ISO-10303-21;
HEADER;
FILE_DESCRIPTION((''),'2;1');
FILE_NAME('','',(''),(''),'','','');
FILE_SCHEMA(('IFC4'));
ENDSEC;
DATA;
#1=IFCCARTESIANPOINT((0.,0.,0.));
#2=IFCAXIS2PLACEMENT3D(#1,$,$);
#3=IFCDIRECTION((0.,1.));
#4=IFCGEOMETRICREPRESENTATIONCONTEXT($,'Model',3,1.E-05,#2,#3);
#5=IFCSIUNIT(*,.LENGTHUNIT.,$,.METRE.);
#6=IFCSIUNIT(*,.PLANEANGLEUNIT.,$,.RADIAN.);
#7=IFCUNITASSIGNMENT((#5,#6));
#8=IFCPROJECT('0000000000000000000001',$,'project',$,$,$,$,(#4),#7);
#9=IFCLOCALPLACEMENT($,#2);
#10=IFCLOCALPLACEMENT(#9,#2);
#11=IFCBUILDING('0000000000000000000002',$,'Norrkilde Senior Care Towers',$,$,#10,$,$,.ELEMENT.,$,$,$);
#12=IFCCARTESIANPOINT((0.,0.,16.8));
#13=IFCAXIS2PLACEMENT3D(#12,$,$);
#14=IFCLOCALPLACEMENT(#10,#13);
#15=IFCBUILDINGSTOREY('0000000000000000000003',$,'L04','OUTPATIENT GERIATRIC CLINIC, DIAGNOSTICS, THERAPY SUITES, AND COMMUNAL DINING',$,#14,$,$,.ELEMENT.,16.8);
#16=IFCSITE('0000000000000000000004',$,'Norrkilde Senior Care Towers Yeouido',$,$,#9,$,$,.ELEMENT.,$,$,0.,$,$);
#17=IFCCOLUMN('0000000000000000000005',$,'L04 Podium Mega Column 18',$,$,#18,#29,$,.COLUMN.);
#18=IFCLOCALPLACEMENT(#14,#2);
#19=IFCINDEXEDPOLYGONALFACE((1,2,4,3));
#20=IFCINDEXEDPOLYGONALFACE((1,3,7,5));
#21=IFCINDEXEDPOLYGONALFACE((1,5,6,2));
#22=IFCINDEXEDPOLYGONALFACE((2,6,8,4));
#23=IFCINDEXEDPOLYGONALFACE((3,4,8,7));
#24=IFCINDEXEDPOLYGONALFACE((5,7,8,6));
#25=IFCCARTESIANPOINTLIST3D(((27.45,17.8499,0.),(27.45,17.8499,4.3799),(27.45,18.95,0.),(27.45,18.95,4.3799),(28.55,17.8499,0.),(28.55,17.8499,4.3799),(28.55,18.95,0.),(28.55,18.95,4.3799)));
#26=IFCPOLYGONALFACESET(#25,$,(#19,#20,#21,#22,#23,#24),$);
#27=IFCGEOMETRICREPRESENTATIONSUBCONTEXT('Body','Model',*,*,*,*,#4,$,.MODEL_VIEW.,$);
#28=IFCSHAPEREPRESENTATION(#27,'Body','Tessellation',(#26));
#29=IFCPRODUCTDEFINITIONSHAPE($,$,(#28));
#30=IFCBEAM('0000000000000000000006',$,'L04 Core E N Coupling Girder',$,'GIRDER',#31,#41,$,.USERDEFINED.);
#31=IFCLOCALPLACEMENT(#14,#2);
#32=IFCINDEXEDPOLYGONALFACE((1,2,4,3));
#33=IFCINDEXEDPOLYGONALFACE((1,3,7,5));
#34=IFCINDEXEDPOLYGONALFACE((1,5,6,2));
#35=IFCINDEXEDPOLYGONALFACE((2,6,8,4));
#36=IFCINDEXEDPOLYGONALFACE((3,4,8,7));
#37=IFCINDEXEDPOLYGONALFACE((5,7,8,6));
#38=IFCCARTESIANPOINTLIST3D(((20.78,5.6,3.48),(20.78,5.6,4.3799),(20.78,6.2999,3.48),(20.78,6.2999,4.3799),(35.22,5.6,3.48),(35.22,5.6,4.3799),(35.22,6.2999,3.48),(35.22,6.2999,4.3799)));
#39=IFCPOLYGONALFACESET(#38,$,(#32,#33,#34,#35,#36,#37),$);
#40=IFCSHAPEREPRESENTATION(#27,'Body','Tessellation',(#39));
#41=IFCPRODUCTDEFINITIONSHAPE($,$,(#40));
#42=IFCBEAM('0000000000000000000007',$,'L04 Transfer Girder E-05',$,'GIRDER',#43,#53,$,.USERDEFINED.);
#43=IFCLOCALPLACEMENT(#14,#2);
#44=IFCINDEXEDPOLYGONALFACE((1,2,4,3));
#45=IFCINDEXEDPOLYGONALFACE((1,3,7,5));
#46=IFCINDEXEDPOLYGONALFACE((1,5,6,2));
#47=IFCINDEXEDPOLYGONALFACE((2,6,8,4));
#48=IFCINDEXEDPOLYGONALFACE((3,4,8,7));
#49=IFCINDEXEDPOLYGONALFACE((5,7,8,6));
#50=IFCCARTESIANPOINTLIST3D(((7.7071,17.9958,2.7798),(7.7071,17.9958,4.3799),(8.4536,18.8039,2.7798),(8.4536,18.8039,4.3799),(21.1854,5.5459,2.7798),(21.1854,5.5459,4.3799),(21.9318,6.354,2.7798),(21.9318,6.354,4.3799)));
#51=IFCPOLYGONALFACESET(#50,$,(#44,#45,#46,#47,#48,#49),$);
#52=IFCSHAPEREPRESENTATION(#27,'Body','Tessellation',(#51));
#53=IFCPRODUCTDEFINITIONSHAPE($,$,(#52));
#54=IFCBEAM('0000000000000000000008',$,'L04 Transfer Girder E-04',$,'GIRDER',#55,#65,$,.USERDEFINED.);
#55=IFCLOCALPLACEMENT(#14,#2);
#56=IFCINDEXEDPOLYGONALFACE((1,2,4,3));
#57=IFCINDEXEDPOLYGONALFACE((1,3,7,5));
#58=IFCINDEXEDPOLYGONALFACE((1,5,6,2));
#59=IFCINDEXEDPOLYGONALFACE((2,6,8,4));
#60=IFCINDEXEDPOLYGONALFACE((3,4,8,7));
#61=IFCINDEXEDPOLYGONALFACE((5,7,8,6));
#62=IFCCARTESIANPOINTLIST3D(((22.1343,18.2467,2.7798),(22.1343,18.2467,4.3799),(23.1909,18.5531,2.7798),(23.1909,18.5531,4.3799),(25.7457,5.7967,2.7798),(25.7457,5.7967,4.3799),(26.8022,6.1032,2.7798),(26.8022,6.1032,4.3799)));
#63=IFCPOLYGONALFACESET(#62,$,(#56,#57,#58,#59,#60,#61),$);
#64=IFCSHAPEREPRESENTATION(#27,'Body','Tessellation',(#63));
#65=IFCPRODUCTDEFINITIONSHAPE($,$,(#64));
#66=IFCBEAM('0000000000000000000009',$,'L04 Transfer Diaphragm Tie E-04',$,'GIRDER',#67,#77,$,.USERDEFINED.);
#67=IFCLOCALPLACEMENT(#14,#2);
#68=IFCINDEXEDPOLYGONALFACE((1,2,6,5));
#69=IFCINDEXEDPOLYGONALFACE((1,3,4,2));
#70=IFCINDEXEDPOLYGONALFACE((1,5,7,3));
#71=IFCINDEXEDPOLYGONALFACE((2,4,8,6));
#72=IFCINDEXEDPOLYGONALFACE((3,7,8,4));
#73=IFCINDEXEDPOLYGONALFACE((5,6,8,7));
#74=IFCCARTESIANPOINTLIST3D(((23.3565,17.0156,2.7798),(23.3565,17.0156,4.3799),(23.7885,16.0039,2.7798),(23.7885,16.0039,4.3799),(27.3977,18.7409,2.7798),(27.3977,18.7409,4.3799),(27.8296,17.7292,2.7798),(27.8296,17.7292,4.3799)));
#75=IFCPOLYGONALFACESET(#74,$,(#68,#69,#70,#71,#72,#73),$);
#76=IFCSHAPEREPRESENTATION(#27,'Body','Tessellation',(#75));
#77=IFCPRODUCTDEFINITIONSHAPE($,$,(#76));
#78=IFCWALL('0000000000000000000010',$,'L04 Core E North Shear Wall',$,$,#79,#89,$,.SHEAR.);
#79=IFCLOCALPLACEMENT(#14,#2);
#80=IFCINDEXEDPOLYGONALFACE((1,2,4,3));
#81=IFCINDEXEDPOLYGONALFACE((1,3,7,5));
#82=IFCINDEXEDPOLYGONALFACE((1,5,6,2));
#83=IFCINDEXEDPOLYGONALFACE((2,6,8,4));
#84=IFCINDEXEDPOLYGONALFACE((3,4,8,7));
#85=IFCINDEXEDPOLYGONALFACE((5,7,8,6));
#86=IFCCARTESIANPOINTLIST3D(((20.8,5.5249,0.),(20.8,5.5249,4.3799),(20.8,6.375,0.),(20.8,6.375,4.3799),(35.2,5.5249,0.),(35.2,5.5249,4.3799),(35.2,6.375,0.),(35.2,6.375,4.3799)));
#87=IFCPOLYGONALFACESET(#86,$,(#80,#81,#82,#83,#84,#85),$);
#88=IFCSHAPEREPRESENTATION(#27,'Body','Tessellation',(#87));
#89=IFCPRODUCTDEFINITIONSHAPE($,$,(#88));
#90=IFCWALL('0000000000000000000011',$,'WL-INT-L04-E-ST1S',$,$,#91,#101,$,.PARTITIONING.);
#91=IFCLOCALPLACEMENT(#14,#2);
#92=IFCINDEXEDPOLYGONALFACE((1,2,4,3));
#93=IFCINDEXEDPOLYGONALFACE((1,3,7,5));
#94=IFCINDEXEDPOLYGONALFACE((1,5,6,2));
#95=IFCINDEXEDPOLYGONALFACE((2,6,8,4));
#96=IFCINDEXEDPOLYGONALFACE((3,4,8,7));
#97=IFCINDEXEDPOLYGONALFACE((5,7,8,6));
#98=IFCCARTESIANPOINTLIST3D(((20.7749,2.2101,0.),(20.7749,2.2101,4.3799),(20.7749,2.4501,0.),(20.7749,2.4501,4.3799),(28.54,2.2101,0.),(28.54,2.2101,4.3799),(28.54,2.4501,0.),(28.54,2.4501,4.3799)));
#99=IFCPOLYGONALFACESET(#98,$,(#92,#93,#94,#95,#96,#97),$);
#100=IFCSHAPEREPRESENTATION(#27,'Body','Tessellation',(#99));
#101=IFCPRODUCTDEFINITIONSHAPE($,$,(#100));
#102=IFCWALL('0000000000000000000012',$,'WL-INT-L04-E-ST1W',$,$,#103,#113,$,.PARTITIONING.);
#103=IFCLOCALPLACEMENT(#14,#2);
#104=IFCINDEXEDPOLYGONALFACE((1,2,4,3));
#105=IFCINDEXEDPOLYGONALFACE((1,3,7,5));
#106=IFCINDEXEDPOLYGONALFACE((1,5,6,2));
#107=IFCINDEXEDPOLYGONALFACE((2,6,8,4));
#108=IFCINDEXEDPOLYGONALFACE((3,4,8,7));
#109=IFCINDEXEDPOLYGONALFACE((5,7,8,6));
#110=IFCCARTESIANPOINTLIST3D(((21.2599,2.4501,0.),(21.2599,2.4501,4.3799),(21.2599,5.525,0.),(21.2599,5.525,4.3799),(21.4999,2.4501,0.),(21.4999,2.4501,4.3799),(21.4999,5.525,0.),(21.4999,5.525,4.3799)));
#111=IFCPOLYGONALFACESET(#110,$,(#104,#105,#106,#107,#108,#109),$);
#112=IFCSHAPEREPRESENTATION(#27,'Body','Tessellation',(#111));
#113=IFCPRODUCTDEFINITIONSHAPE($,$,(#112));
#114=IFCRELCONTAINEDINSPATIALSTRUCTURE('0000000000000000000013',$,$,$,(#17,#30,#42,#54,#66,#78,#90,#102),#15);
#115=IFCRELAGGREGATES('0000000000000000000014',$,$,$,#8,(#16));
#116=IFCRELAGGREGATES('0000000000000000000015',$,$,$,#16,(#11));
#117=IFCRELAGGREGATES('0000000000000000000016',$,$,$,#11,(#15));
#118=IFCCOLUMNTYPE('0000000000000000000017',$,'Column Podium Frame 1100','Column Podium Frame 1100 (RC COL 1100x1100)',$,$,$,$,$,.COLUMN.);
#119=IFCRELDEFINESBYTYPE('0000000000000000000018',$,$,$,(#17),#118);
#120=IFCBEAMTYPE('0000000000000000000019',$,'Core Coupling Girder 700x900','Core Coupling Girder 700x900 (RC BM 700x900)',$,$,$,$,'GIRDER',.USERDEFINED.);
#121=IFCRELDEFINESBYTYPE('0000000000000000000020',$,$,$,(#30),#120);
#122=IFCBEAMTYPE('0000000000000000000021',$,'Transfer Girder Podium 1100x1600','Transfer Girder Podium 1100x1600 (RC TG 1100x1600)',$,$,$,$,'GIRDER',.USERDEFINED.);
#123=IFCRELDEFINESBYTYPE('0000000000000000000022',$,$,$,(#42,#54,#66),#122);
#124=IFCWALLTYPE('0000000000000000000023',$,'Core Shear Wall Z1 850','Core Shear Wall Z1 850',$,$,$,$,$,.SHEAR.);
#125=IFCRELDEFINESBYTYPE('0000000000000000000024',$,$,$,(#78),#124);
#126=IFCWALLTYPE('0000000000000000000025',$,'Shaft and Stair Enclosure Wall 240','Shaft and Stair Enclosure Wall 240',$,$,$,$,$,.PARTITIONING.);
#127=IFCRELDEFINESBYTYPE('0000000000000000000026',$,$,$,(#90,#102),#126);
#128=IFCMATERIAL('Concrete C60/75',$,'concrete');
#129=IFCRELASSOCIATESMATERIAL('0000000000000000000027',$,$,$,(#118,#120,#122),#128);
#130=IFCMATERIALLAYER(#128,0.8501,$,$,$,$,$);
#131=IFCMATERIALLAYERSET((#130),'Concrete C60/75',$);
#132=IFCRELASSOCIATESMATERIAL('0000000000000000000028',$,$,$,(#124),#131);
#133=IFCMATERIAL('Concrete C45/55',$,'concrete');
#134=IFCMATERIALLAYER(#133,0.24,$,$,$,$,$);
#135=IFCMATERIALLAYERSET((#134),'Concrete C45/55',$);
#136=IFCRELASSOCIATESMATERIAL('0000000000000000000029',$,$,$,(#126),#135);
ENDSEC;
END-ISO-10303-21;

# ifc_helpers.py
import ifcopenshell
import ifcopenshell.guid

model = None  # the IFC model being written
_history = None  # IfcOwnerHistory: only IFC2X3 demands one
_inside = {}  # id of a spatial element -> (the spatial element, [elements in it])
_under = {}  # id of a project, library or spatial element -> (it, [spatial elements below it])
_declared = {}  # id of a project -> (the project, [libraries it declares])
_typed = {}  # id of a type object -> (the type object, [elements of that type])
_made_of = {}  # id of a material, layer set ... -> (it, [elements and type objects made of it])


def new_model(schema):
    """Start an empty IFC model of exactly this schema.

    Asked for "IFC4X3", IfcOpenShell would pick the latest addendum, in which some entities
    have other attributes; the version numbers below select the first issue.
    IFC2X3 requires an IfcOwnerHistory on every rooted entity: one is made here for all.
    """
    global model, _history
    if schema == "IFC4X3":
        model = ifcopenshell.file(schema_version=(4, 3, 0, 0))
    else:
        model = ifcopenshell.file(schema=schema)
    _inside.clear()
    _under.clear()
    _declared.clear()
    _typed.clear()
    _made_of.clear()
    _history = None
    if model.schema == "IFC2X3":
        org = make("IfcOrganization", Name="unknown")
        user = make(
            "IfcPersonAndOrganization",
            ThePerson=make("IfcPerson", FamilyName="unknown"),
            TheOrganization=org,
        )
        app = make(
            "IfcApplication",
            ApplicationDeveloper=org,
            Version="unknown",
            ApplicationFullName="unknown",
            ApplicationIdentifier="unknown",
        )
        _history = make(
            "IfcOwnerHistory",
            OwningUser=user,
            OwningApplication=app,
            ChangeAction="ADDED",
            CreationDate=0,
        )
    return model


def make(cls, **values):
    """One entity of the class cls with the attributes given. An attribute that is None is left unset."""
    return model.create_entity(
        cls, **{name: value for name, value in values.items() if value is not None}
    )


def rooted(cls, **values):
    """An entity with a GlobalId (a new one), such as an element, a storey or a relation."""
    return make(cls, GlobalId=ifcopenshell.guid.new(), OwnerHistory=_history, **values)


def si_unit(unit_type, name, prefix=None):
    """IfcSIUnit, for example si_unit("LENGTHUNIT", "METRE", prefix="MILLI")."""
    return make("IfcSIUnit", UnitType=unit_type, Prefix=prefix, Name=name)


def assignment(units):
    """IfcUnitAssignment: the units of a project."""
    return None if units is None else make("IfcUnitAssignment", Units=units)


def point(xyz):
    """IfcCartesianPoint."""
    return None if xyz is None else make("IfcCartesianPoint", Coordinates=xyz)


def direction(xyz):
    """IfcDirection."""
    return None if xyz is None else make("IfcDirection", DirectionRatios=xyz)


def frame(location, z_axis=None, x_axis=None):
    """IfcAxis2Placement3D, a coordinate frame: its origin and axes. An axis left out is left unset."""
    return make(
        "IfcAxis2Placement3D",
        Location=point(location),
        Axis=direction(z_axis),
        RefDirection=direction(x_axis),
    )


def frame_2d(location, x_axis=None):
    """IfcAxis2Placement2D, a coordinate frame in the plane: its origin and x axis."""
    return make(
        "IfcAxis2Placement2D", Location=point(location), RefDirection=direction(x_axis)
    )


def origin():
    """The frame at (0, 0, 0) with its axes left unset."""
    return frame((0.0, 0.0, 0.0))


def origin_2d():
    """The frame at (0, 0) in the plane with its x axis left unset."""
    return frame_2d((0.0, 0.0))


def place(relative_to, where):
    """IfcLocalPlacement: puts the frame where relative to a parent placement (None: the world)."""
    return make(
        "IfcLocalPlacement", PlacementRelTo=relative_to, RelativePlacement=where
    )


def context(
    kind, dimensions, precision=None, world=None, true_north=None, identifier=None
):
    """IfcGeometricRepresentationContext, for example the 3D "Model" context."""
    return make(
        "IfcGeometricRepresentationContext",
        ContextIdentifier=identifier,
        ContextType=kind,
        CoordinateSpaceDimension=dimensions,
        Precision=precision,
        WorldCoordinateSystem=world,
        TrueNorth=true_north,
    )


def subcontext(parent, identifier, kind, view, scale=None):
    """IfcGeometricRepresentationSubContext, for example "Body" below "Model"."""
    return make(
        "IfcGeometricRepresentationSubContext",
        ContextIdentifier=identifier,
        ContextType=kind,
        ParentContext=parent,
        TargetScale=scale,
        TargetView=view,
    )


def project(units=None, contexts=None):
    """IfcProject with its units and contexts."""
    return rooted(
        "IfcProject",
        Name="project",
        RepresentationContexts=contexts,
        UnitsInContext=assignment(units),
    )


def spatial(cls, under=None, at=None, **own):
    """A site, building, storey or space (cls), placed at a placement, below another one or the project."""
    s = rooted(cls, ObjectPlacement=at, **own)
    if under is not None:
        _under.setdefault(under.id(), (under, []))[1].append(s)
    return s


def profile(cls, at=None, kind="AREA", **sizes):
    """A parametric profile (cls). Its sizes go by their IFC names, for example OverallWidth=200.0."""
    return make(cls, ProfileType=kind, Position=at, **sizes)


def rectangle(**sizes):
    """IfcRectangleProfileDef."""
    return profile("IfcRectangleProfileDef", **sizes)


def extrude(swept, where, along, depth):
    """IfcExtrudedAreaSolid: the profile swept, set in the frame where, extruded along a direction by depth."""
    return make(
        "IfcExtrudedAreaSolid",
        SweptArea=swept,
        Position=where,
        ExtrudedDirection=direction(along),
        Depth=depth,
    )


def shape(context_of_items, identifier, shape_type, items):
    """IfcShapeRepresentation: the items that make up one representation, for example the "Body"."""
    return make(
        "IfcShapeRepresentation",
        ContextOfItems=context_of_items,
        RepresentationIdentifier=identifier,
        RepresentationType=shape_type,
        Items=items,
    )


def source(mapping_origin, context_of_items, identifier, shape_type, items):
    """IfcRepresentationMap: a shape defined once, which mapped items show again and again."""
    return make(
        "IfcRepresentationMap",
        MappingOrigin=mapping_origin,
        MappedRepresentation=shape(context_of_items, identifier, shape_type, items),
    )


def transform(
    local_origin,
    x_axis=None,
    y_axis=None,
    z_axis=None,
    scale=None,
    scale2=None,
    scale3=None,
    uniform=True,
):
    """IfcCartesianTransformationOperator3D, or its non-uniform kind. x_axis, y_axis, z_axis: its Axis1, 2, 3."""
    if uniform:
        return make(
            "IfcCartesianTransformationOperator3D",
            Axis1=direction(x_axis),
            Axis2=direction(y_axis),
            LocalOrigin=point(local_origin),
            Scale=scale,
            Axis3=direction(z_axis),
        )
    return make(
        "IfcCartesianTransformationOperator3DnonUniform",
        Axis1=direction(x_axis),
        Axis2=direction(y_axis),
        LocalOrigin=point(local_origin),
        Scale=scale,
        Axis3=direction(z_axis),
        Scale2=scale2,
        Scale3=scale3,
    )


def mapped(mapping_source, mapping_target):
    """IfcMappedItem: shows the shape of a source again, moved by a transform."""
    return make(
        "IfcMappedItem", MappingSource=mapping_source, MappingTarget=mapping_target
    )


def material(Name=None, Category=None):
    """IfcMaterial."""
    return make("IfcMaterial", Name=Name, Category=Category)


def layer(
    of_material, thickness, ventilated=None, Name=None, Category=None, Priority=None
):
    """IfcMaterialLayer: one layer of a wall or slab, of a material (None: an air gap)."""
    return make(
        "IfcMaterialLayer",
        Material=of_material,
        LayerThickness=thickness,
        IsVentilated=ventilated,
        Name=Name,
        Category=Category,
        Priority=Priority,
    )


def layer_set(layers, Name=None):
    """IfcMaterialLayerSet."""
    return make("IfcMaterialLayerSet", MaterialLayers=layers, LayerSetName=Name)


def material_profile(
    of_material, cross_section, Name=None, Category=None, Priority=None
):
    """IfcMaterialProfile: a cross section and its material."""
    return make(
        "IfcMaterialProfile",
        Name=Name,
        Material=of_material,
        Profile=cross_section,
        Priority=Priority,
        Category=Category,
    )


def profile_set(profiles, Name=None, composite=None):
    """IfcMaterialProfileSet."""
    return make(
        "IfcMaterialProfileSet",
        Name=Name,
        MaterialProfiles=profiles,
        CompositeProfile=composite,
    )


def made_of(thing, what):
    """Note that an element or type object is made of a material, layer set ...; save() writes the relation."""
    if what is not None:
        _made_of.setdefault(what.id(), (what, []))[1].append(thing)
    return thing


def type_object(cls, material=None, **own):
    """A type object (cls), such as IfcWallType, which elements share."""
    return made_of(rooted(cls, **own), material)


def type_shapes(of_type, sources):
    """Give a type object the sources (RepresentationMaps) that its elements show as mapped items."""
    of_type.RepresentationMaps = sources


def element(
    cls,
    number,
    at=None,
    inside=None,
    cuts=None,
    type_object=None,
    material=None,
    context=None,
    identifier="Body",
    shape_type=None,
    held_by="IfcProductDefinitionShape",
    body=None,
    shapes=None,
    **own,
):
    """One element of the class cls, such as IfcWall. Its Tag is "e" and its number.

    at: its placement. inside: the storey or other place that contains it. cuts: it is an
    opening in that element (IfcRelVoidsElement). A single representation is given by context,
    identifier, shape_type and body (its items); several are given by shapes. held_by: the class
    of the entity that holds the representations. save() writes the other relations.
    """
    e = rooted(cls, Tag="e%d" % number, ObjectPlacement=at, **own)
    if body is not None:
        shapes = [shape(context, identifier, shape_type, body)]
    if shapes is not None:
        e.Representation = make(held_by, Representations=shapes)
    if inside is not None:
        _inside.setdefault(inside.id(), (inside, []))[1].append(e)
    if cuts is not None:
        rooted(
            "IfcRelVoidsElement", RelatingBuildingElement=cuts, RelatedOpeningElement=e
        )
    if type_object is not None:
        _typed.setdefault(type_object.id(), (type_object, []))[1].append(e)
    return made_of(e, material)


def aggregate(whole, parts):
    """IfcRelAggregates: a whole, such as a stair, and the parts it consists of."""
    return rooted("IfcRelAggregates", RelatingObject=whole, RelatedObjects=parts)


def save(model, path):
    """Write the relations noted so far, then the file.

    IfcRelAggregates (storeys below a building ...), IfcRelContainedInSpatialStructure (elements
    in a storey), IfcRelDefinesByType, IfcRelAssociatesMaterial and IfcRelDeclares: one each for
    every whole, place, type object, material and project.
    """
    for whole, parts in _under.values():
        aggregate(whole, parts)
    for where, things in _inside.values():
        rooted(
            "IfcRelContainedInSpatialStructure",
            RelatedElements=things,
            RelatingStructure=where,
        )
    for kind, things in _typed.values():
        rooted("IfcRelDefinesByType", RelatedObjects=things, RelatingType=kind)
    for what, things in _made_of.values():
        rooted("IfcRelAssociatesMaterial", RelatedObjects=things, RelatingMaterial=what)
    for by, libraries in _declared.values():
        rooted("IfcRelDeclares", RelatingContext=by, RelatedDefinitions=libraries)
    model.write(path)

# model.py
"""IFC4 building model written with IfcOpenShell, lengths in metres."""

from ifc_helpers import new_model, si_unit, direction, frame, frame_2d, origin, origin_2d, place, context, subcontext, project, spatial, rectangle, extrude, source, transform, mapped, material, layer, layer_set, material_profile, profile_set, type_object, type_shapes, element, save


model = new_model("IFC4")

# Units and contexts
model_context = context("Model", 3, precision=1e-05, world=origin(), true_north=direction((0.0, 1.0)))
body_context = subcontext(model_context, "Body", "Model", "MODEL_VIEW")
ifc_project = project(units=[si_unit("LENGTHUNIT", "METRE"), si_unit("PLANEANGLEUNIT", "RADIAN")], contexts=[model_context])

# Site, building, storey
site_placement = place(None, origin())
site = spatial("IfcSite", under=ifc_project, at=site_placement, Name="Norrkilde Senior Care Towers Yeouido", CompositionType="ELEMENT", RefElevation=0.0)
building_placement = place(site_placement, origin())
building = spatial("IfcBuilding", under=site, at=building_placement, Name="Norrkilde Senior Care Towers", CompositionType="ELEMENT")
storey_placement = place(building_placement, frame((0.0, 0.0, 16.8)))
storey = spatial("IfcBuildingStorey", under=building, at=storey_placement, Name="L04", Description="OUTPATIENT GERIATRIC CLINIC, DIAGNOSTICS, THERAPY SUITES, AND COMMUNAL DINING", CompositionType="ELEMENT", Elevation=16.8)

# Column
ifc_material_1 = material(Name="Concrete C60/75", Category="concrete")
ifc_material_profile_1 = material_profile(ifc_material_1, rectangle(XDim=1.1001, YDim=1.1001, at=origin_2d()), Name="RC COL 1100x1100")
ifc_profile_set_1 = profile_set([ifc_material_profile_1], Name="Concrete C60/75")
column_type = type_object("IfcColumnType", Name="Column Podium Frame 1100", Description="Column Podium Frame 1100 (RC COL 1100x1100)", PredefinedType="COLUMN", material=ifc_profile_set_1)
shared_shape_1 = source(origin(), body_context, "Body", "SweptSolid", [
    extrude(rectangle(XDim=1.1001, YDim=1.1001, at=origin_2d()), origin(), (0.0, 0.0, 1.0), 4.3799),
])
type_shapes(column_type, [shared_shape_1])
column_placement = place(storey_placement, frame((28.0, 18.3999, 0.0), z_axis=(0.0, 0.0, 1.0), x_axis=(1.0, 0.0, 0.0)))
element("IfcColumn", 1, at=column_placement, inside=storey, type_object=column_type, Name="L04 Podium Mega Column 18", PredefinedType="COLUMN", context=body_context, shape_type="MappedRepresentation", body=[
    mapped(shared_shape_1, transform((0.0, 0.0, 0.0), x_axis=(1.0, 0.0, 0.0), y_axis=(0.0, 1.0, 0.0), z_axis=(0.0, 0.0, 1.0), scale=1.0)),
])

# Beams
ifc_material_profile_2 = material_profile(ifc_material_1, rectangle(XDim=0.7, YDim=0.8999, at=origin_2d()), Name="RC BM 700x900")
ifc_profile_set_2 = profile_set([ifc_material_profile_2], Name="Concrete C60/75")
beam_type_1 = type_object("IfcBeamType", Name="Core Coupling Girder 700x900", Description="Core Coupling Girder 700x900 (RC BM 700x900)", ElementType="GIRDER", PredefinedType="USERDEFINED", material=ifc_profile_set_2)
shared_shape_2 = source(origin(), body_context, "Body", "SweptSolid", [
    extrude(rectangle(XDim=0.7, YDim=0.8999, at=origin_2d()), origin(), (0.0, 0.0, 1.0), 14.4399),
])
type_shapes(beam_type_1, [shared_shape_2])
beam_1_placement = place(storey_placement, frame((20.78, 5.95, 3.9299), z_axis=(1.0, 0.0, 0.0), x_axis=(0.0, 1.0, 0.0)))
element("IfcBeam", 2, at=beam_1_placement, inside=storey, type_object=beam_type_1, Name="L04 Core E N Coupling Girder", ObjectType="GIRDER", PredefinedType="USERDEFINED", context=body_context, shape_type="MappedRepresentation", body=[
    mapped(shared_shape_2, transform((0.0, 0.0, 0.0), x_axis=(1.0, 0.0, 0.0), y_axis=(0.0, 1.0, 0.0), z_axis=(0.0, 0.0, 1.0), scale=1.0)),
])
ifc_material_profile_3 = material_profile(ifc_material_1, rectangle(XDim=1.1001, YDim=1.6001, at=origin_2d()), Name="RC TG 1100x1600")
ifc_profile_set_3 = profile_set([ifc_material_profile_3], Name="Concrete C60/75")
beam_type_2 = type_object("IfcBeamType", Name="Transfer Girder Podium 1100x1600", Description="Transfer Girder Podium 1100x1600 (RC TG 1100x1600)", ElementType="GIRDER", PredefinedType="USERDEFINED", material=ifc_profile_set_3)
shared_shape_3 = source(origin(), body_context, "Body", "SweptSolid", [
    extrude(rectangle(XDim=1.1001, YDim=1.6001, at=origin_2d()), origin(), (0.0, 0.0, 1.0), 18.3484),
])
beam_2_placement = place(storey_placement, frame((21.5586, 5.95, 3.5798), z_axis=(-0.734573, 0.678529, 0.0), x_axis=(-0.678529, -0.734573, 0.0)))
element("IfcBeam", 3, at=beam_2_placement, inside=storey, type_object=beam_type_2, Name="L04 Transfer Girder E-05", ObjectType="GIRDER", PredefinedType="USERDEFINED", context=body_context, shape_type="MappedRepresentation", body=[
    mapped(shared_shape_3, transform((0.0, 0.0, 0.0), x_axis=(1.0, 0.0, 0.0), y_axis=(0.0, 1.0, 0.0), z_axis=(0.0, 0.0, 1.0), scale=1.0)),
])
shared_shape_4 = source(origin(), body_context, "Body", "SweptSolid", [
    extrude(rectangle(XDim=1.1001, YDim=1.6001, at=origin_2d()), origin(), (0.0, 0.0, 1.0), 12.9631),
])
beam_3_placement = place(storey_placement, frame((26.2739, 5.95, 3.5798), z_axis=(-0.278584, 0.960412, 0.0), x_axis=(-0.960412, -0.278584, 0.0)))
element("IfcBeam", 4, at=beam_3_placement, inside=storey, type_object=beam_type_2, Name="L04 Transfer Girder E-04", ObjectType="GIRDER", PredefinedType="USERDEFINED", context=body_context, shape_type="MappedRepresentation", body=[
    mapped(shared_shape_4, transform((0.0, 0.0, 0.0), x_axis=(1.0, 0.0, 0.0), y_axis=(0.0, 1.0, 0.0), z_axis=(0.0, 0.0, 1.0), scale=1.0)),
])
shared_shape_5 = source(origin(), body_context, "Body", "SweptSolid", [
    extrude(rectangle(XDim=1.1001, YDim=1.6001, at=origin_2d()), origin(), (0.0, 0.0, 1.0), 4.394),
])
type_shapes(beam_type_2, [shared_shape_3, shared_shape_4, shared_shape_5])
beam_4_placement = place(storey_placement, frame((23.5725, 16.5098, 3.5798), z_axis=(0.91969, 0.392645, 0.0), x_axis=(-0.392645, 0.91969, 0.0)))
element("IfcBeam", 5, at=beam_4_placement, inside=storey, type_object=beam_type_2, Name="L04 Transfer Diaphragm Tie E-04", ObjectType="GIRDER", PredefinedType="USERDEFINED", context=body_context, shape_type="MappedRepresentation", body=[
    mapped(shared_shape_5, transform((0.0, 0.0, 0.0), x_axis=(1.0, 0.0, 0.0), y_axis=(0.0, 1.0, 0.0), z_axis=(0.0, 0.0, 1.0), scale=1.0)),
])

# Walls
ifc_layer_1 = layer(ifc_material_1, 0.8501)
ifc_layer_set_1 = layer_set([ifc_layer_1], Name="Concrete C60/75")
wall_type_1 = type_object("IfcWallType", Name="Core Shear Wall Z1 850", Description="Core Shear Wall Z1 850", PredefinedType="SHEAR", material=ifc_layer_set_1)
shared_shape_6 = source(origin(), body_context, "Body", "SweptSolid", [
    extrude(rectangle(XDim=14.3999, YDim=0.8501, at=frame_2d((7.2, 0.0))), origin(), (0.0, 0.0, 1.0), 4.3799),
])
type_shapes(wall_type_1, [shared_shape_6])
wall_1_placement = place(storey_placement, frame((20.8, 5.95, 0.0), z_axis=(0.0, 0.0, 1.0), x_axis=(1.0, 0.0, 0.0)))
element("IfcWall", 6, at=wall_1_placement, inside=storey, type_object=wall_type_1, Name="L04 Core E North Shear Wall", PredefinedType="SHEAR", context=body_context, shape_type="MappedRepresentation", body=[
    mapped(shared_shape_6, transform((0.0, 0.0, 0.0), x_axis=(1.0, 0.0, 0.0), y_axis=(0.0, 1.0, 0.0), z_axis=(0.0, 0.0, 1.0), scale=1.0)),
])
ifc_material_2 = material(Name="Concrete C45/55", Category="concrete")
ifc_layer_2 = layer(ifc_material_2, 0.24)
ifc_layer_set_2 = layer_set([ifc_layer_2], Name="Concrete C45/55")
wall_type_2 = type_object("IfcWallType", Name="Shaft and Stair Enclosure Wall 240", Description="Shaft and Stair Enclosure Wall 240", PredefinedType="PARTITIONING", material=ifc_layer_set_2)
shared_shape_7 = source(origin(), body_context, "Body", "SweptSolid", [
    extrude(rectangle(XDim=7.7651, YDim=0.24, at=frame_2d((3.8826, 0.0))), origin(), (0.0, 0.0, 1.0), 4.3799),
])
wall_2_placement = place(storey_placement, frame((20.7749, 2.3301, 0.0), z_axis=(0.0, 0.0, 1.0), x_axis=(1.0, 0.0, 0.0)))
element("IfcWall", 7, at=wall_2_placement, inside=storey, type_object=wall_type_2, Name="WL-INT-L04-E-ST1S", PredefinedType="PARTITIONING", context=body_context, shape_type="MappedRepresentation", body=[
    mapped(shared_shape_7, transform((0.0, 0.0, 0.0), x_axis=(1.0, 0.0, 0.0), y_axis=(0.0, 1.0, 0.0), z_axis=(0.0, 0.0, 1.0), scale=1.0)),
])
shared_shape_8 = source(origin(), body_context, "Body", "SweptSolid", [
    extrude(rectangle(XDim=3.075, YDim=0.24, at=frame_2d((1.5376, 0.0))), origin(), (0.0, 0.0, 1.0), 4.3799),
])
type_shapes(wall_type_2, [shared_shape_7, shared_shape_8])
wall_3_placement = place(storey_placement, frame((21.3799, 2.45, 0.0), z_axis=(0.0, 0.0, 1.0), x_axis=(0.0, 1.0, 0.0)))
element("IfcWall", 8, at=wall_3_placement, inside=storey, type_object=wall_type_2, Name="WL-INT-L04-E-ST1W", PredefinedType="PARTITIONING", context=body_context, shape_type="MappedRepresentation", body=[
    mapped(shared_shape_8, transform((0.0, 0.0, 0.0), x_axis=(1.0, 0.0, 0.0), y_axis=(0.0, 1.0, 0.0), z_axis=(0.0, 0.0, 1.0), scale=1.0)),
])

save(model, "model.ifc")
